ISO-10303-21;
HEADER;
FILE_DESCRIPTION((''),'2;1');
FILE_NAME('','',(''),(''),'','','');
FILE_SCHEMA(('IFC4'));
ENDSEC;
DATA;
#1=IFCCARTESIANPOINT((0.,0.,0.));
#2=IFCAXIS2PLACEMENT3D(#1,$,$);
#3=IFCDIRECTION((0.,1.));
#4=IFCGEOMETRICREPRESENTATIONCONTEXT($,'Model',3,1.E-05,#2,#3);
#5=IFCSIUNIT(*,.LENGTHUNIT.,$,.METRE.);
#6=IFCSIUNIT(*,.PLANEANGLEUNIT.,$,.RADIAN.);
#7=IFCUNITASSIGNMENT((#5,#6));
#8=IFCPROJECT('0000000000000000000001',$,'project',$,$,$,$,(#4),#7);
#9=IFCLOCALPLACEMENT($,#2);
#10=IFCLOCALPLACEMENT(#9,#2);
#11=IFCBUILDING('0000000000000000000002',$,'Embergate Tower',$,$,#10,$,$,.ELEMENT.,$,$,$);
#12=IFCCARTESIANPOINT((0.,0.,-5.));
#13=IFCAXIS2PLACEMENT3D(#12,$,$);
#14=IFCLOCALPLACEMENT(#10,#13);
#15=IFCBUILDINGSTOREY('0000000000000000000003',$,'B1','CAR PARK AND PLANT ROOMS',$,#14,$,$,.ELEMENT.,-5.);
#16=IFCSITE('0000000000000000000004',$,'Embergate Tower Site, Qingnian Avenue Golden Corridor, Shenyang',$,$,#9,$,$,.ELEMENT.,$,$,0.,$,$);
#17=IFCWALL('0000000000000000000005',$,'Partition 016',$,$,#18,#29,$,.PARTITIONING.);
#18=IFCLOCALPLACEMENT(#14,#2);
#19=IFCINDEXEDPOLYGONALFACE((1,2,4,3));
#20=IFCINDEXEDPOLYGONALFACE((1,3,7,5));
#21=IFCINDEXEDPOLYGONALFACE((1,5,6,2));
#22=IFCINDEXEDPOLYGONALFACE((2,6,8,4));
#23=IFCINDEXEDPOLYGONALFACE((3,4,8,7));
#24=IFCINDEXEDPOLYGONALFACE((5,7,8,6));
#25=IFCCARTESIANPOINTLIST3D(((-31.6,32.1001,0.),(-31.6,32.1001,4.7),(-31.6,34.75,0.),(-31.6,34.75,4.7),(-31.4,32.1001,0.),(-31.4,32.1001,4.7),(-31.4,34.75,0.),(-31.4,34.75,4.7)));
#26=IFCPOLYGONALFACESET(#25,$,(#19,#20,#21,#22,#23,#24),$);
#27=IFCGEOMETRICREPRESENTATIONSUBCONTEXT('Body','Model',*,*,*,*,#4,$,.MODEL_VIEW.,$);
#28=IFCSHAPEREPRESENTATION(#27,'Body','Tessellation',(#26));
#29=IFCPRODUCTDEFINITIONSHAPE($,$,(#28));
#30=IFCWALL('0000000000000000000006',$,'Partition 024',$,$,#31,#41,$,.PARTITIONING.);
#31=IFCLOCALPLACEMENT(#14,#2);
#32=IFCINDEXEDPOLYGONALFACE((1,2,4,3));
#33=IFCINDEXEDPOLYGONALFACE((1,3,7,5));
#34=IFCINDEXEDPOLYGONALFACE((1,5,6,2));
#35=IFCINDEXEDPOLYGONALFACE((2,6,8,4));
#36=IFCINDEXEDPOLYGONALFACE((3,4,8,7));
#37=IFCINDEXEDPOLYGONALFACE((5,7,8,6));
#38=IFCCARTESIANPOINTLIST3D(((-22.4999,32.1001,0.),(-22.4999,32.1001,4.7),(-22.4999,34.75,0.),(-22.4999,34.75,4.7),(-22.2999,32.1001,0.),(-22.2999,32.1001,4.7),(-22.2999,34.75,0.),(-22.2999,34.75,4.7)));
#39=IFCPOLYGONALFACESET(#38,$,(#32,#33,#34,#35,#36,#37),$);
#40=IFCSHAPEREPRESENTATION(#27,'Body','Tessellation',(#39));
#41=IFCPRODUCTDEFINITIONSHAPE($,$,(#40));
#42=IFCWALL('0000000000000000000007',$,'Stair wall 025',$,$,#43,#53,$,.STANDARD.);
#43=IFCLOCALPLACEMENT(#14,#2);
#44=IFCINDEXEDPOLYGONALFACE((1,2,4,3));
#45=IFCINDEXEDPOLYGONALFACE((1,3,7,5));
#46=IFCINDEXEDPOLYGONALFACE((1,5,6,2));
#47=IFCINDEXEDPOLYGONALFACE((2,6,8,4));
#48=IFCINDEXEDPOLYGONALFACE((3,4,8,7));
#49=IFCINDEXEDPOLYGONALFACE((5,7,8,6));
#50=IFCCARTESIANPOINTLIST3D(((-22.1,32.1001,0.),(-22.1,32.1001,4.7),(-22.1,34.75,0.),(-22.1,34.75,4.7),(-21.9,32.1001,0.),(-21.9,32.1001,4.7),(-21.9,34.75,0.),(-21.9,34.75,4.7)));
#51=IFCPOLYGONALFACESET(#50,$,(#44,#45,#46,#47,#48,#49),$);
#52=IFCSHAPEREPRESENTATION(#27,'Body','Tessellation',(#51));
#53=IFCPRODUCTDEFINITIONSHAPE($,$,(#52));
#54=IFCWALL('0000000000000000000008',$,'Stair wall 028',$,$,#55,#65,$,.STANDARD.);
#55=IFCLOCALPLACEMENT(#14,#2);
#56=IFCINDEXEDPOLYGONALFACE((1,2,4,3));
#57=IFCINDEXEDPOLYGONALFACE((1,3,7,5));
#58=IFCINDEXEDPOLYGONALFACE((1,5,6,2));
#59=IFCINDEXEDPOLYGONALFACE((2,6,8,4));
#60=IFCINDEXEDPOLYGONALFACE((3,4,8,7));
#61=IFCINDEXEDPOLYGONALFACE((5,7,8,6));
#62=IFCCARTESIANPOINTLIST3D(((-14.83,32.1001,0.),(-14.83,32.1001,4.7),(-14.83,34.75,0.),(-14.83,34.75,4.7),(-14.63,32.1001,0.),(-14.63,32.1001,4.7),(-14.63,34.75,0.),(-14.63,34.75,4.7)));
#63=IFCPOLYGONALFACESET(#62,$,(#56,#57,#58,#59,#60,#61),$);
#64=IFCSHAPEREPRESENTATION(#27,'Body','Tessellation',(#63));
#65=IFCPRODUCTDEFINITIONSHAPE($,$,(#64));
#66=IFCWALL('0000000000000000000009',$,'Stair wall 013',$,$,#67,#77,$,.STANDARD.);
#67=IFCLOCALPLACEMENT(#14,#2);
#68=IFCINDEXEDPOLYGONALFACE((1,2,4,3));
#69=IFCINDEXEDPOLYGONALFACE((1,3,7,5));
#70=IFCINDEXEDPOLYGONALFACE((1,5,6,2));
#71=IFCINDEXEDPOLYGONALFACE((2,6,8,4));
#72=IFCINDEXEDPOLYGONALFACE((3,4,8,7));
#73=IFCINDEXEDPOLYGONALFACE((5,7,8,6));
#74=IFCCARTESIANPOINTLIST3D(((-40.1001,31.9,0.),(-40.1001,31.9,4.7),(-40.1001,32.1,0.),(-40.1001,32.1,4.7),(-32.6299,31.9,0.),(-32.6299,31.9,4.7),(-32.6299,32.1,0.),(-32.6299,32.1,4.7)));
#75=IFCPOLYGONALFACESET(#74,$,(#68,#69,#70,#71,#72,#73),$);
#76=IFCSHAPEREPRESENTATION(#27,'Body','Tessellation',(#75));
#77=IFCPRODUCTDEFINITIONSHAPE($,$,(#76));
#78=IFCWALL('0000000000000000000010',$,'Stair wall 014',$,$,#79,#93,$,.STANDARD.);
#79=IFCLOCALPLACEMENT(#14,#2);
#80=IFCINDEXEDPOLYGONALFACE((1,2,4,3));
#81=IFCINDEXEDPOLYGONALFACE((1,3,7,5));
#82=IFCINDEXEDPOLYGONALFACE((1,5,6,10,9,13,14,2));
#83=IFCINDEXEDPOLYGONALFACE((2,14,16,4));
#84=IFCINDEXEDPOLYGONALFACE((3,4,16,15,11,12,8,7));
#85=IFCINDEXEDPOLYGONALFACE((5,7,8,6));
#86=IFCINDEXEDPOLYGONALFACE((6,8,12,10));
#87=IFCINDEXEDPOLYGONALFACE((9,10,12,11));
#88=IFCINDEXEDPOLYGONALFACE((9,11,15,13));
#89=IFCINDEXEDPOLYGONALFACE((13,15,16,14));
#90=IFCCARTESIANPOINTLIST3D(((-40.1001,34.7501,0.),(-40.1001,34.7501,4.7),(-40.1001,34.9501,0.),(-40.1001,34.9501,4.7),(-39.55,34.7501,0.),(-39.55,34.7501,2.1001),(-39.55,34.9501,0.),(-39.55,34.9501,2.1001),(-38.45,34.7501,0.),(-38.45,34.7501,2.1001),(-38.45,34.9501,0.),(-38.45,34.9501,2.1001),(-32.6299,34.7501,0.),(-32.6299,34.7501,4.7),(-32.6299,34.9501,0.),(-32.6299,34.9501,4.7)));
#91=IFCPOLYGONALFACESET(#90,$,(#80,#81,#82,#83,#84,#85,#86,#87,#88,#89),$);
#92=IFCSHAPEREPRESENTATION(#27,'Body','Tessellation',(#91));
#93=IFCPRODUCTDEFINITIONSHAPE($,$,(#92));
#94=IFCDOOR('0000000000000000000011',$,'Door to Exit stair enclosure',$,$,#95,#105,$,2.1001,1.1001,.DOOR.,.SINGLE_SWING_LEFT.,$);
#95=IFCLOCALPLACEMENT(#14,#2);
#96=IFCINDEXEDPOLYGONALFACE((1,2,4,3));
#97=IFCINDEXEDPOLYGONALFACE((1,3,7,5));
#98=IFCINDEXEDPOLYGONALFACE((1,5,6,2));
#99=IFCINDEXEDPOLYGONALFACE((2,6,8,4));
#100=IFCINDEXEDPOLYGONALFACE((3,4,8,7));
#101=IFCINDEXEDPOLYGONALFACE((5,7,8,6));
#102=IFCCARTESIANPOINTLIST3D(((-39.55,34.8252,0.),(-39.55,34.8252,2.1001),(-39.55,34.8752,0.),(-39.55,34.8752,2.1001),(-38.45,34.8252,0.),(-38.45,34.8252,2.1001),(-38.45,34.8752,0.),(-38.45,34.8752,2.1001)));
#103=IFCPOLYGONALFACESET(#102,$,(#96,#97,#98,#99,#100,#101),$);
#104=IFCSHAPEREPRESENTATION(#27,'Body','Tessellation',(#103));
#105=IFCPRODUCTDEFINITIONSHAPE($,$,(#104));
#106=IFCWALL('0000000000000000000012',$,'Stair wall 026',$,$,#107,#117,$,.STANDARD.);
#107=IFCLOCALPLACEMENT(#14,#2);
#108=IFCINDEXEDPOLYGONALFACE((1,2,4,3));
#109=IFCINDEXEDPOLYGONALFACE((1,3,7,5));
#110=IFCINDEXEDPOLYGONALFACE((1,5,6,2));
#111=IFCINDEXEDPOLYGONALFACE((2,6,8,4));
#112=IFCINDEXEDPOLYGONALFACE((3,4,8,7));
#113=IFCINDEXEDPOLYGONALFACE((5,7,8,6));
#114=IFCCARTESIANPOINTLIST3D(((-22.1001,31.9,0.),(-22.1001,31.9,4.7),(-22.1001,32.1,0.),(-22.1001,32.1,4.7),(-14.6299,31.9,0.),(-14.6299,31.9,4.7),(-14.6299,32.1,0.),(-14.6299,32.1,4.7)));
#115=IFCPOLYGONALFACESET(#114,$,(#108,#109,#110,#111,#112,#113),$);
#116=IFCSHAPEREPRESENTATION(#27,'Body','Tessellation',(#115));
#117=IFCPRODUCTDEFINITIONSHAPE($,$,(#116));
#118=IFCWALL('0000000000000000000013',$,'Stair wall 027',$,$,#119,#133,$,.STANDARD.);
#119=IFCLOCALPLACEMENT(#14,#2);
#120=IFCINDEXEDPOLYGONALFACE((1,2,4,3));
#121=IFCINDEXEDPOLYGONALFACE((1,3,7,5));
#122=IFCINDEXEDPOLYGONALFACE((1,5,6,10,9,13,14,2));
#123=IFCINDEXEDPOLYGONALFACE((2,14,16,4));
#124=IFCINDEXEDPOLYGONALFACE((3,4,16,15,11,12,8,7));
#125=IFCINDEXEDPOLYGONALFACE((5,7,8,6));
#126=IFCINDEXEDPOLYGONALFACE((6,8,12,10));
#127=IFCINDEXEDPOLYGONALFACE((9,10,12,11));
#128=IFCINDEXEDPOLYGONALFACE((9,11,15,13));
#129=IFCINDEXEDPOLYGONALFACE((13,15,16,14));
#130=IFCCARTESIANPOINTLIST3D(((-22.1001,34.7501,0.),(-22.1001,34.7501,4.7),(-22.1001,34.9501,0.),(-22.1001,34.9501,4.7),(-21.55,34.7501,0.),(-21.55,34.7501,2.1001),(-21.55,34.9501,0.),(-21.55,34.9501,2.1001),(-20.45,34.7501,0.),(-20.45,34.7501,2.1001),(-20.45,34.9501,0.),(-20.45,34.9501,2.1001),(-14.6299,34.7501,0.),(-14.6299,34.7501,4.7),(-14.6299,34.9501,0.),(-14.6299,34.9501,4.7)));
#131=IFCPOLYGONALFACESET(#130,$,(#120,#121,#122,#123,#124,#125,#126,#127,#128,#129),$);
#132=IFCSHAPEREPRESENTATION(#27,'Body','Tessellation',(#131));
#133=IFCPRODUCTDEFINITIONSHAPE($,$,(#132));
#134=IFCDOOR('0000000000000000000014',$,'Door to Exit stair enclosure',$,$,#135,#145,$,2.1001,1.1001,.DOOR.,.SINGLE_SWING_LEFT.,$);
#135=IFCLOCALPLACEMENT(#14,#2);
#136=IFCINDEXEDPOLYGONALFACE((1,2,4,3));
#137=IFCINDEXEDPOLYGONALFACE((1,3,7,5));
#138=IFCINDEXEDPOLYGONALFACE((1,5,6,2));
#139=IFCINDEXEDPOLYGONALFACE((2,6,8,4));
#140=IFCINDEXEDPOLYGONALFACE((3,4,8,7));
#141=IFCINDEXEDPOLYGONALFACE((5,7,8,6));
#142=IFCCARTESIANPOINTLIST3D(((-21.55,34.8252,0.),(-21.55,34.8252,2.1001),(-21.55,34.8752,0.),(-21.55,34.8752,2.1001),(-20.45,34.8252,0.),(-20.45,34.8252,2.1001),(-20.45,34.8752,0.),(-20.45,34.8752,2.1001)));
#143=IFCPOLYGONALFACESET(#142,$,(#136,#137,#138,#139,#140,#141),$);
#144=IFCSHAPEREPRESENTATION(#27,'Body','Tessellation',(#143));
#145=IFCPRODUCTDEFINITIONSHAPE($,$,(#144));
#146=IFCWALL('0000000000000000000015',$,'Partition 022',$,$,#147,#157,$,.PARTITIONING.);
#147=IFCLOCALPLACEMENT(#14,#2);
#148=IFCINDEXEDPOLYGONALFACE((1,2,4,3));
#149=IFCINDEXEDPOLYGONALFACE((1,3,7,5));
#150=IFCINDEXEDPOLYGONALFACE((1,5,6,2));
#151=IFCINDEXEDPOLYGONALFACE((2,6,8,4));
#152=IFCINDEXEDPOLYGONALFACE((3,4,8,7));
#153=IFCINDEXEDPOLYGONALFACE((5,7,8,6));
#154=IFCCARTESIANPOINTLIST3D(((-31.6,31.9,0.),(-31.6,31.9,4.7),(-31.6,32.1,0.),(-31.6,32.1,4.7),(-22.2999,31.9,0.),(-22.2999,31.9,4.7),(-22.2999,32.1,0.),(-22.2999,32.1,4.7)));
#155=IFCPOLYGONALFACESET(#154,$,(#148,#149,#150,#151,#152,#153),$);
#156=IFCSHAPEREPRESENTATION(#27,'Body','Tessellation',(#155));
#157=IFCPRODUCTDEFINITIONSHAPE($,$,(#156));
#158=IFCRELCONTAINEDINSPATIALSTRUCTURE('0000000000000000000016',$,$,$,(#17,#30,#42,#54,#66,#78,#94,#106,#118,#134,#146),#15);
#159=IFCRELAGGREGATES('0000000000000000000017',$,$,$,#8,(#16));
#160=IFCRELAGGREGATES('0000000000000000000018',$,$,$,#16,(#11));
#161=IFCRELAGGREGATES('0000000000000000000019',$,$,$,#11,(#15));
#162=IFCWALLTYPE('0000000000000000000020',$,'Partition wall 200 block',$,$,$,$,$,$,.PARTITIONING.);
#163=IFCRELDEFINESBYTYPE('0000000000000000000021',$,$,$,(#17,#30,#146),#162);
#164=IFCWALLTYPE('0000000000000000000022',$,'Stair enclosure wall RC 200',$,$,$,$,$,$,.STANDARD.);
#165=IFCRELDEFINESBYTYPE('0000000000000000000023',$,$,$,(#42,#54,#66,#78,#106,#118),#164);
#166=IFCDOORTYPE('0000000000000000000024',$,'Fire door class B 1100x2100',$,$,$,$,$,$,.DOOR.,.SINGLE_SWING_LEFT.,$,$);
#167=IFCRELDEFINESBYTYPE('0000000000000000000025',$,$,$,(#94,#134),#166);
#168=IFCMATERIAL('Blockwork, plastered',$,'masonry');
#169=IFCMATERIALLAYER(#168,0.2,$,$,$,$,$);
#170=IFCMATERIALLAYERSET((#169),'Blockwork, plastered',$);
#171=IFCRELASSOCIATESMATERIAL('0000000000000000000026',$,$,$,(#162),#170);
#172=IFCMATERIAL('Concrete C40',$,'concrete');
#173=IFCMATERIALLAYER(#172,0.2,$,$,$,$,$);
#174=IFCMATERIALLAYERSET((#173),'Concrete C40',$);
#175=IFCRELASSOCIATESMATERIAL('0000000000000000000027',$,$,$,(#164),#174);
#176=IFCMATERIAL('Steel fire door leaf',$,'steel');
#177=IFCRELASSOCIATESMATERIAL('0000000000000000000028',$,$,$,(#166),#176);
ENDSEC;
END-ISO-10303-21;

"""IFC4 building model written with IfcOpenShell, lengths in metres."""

from ifc_helpers import new_model, si_unit, direction, frame, frame_2d, origin, place, context, subcontext, project, spatial, rectangle, extrude, source, transform, mapped, material, layer, layer_set, type_object, element, fill, save


model = new_model("IFC4")

# Units and contexts
model_context = context("Model", 3, precision=1e-05, world=origin(), true_north=direction((0.0, 1.0)))
body_context = subcontext(model_context, "Body", "Model", "MODEL_VIEW")
ifc_project = project(units=[si_unit("LENGTHUNIT", "METRE"), si_unit("PLANEANGLEUNIT", "RADIAN")], contexts=[model_context])

# Site, building, storey
site_placement = place(None, origin())
site = spatial("IfcSite", under=ifc_project, at=site_placement, Name="Embergate Tower Site, Qingnian Avenue Golden Corridor, Shenyang", CompositionType="ELEMENT", RefElevation=0.0)
building_placement = place(site_placement, origin())
building = spatial("IfcBuilding", under=site, at=building_placement, Name="Embergate Tower", CompositionType="ELEMENT")
storey_placement = place(building_placement, frame((0.0, 0.0, -5.0)))
storey = spatial("IfcBuildingStorey", under=building, at=storey_placement, Name="B1", Description="CAR PARK AND PLANT ROOMS", CompositionType="ELEMENT", Elevation=-5.0)

# Shared definitions
ifc_material_1 = material(Name="Concrete C40", Category="concrete")

# Walls
ifc_material_2 = material(Name="Blockwork, plastered", Category="masonry")
ifc_layer_1 = layer(ifc_material_2, 0.2)
ifc_layer_set_1 = layer_set([ifc_layer_1], Name="Blockwork, plastered")
wall_type_1 = type_object("IfcWallType", Name="Partition wall 200 block", PredefinedType="PARTITIONING", material=ifc_layer_set_1)
shared_shape_1 = source(origin(), body_context, "Body", "SweptSolid", [
    extrude(rectangle(XDim=2.6499, YDim=0.2, at=frame_2d((1.325, 0.0))), origin(), (0.0, 0.0, 1.0), 4.7),
])
for number, where, z_axis, x_axis, name in (
    (1, (-31.5, 32.1001, 0.0), (0.0, 0.0, 1.0), (0.0, 1.0, 0.0), "Partition 016"),
    (2, (-22.3999, 34.75, 0.0), (0.0, 0.0, 1.0), (0.0, -1.0, 0.0), "Partition 024"),
):
    element("IfcWall", number, at=place(storey_placement, frame(where, z_axis=z_axis, x_axis=x_axis)), inside=storey, type_object=wall_type_1, Name=name, PredefinedType="PARTITIONING", context=body_context, shape_type="MappedRepresentation", body=[
        mapped(shared_shape_1, transform((0.0, 0.0, 0.0))),
    ])
ifc_layer_2 = layer(ifc_material_1, 0.2)
ifc_layer_set_2 = layer_set([ifc_layer_2], Name="Concrete C40")
wall_type_2 = type_object("IfcWallType", Name="Stair enclosure wall RC 200", PredefinedType="STANDARD", material=ifc_layer_set_2)
shared_shape_2 = source(origin(), body_context, "Body", "SweptSolid", [
    extrude(rectangle(XDim=2.6499, YDim=0.2, at=frame_2d((1.325, 0.0))), origin(), (0.0, 0.0, 1.0), 4.7),
])
for number, where, z_axis, x_axis, name in (
    (3, (-22.0, 32.1001, 0.0), (0.0, 0.0, 1.0), (0.0, 1.0, 0.0), "Stair wall 025"),
    (4, (-14.73, 34.75, 0.0), (0.0, 0.0, 1.0), (0.0, -1.0, 0.0), "Stair wall 028"),
):
    element("IfcWall", number, at=place(storey_placement, frame(where, z_axis=z_axis, x_axis=x_axis)), inside=storey, type_object=wall_type_2, Name=name, PredefinedType="STANDARD", context=body_context, shape_type="MappedRepresentation", body=[
        mapped(shared_shape_2, transform((0.0, 0.0, 0.0))),
    ])
shared_shape_3 = source(origin(), body_context, "Body", "SweptSolid", [
    extrude(rectangle(XDim=7.4702, YDim=0.2, at=frame_2d((3.7351, 0.0))), origin(), (0.0, 0.0, 1.0), 4.7),
])
wall_1_placement = place(storey_placement, frame((-32.6299, 32.0, 0.0), z_axis=(0.0, 0.0, 1.0), x_axis=(-1.0, 0.0, 0.0)))
element("IfcWall", 5, at=wall_1_placement, inside=storey, type_object=wall_type_2, Name="Stair wall 013", PredefinedType="STANDARD", context=body_context, shape_type="MappedRepresentation", body=[
    mapped(shared_shape_3, transform((0.0, 0.0, 0.0))),
])

# Wall, opening, door
wall_2_placement = place(storey_placement, frame((-32.6299, 34.8501, 0.0), z_axis=(0.0, 0.0, 1.0), x_axis=(-1.0, 0.0, 0.0)))
wall_2 = element("IfcWall", 6, at=wall_2_placement, inside=storey, type_object=wall_type_2, Name="Stair wall 014", PredefinedType="STANDARD", context=body_context, shape_type="MappedRepresentation", body=[
    mapped(shared_shape_3, transform((0.0, 0.0, 0.0))),
])
shared_shape_4 = source(origin(), body_context, "Body", "SweptSolid", [
    extrude(rectangle(XDim=1.1001, YDim=2.1001, at=frame_2d((0.55, 1.05))), frame((0.0, 0.1099, 0.0), z_axis=(0.0, -1.0, 0.0), x_axis=(1.0, 0.0, 0.0)), (0.0, 0.0, 1.0), 0.22),
])
opening_1_placement = place(wall_2_placement, frame((5.8201, 0.0, 0.0)))
opening_1 = element("IfcOpeningElement", 7, at=opening_1_placement, cuts=wall_2, PredefinedType="OPENING", context=body_context, shape_type="MappedRepresentation", body=[
    mapped(shared_shape_4, transform((0.0, 0.0, 0.0))),
])
ifc_material_3 = material(Name="Steel fire door leaf", Category="steel")
door_type_1 = type_object("IfcDoorType", Name="Fire door class B 1100x2100", OperationType="SINGLE_SWING_LEFT", PredefinedType="DOOR", material=ifc_material_3)
shared_shape_5 = source(origin(), body_context, "Body", "SweptSolid", [
    extrude(rectangle(XDim=1.1001, YDim=2.1001, at=frame_2d((0.55, 1.05))), frame((0.0, 0.0249, 0.0), z_axis=(0.0, -1.0, 0.0), x_axis=(1.0, 0.0, 0.0)), (0.0, 0.0, 1.0), 0.05),
])
door_1_placement = place(opening_1_placement, origin())
door_1 = element("IfcDoor", 8, at=door_1_placement, inside=storey, type_object=door_type_1, Name="Door to Exit stair enclosure", OperationType="SINGLE_SWING_LEFT", OverallHeight=2.1001, OverallWidth=1.1001, PredefinedType="DOOR", context=body_context, shape_type="MappedRepresentation", body=[
    mapped(shared_shape_5, transform((0.0, 0.0, 0.0))),
])
fill(opening_1, door_1)

# Wall
wall_3_placement = place(storey_placement, frame((-14.6299, 32.0, 0.0), z_axis=(0.0, 0.0, 1.0), x_axis=(-1.0, 0.0, 0.0)))
element("IfcWall", 9, at=wall_3_placement, inside=storey, type_object=wall_type_2, Name="Stair wall 026", PredefinedType="STANDARD", context=body_context, shape_type="MappedRepresentation", body=[
    mapped(shared_shape_3, transform((0.0, 0.0, 0.0))),
])

# Wall, opening, door
wall_4_placement = place(storey_placement, frame((-14.6299, 34.8501, 0.0), z_axis=(0.0, 0.0, 1.0), x_axis=(-1.0, 0.0, 0.0)))
wall_4 = element("IfcWall", 10, at=wall_4_placement, inside=storey, type_object=wall_type_2, Name="Stair wall 027", PredefinedType="STANDARD", context=body_context, shape_type="MappedRepresentation", body=[
    mapped(shared_shape_3, transform((0.0, 0.0, 0.0))),
])
opening_2_placement = place(wall_4_placement, frame((5.8201, 0.0, 0.0)))
opening_2 = element("IfcOpeningElement", 11, at=opening_2_placement, cuts=wall_4, PredefinedType="OPENING", context=body_context, shape_type="MappedRepresentation", body=[
    mapped(shared_shape_4, transform((0.0, 0.0, 0.0))),
])
door_2_placement = place(opening_2_placement, origin())
door_2 = element("IfcDoor", 12, at=door_2_placement, inside=storey, type_object=door_type_1, Name="Door to Exit stair enclosure", OperationType="SINGLE_SWING_LEFT", OverallHeight=2.1001, OverallWidth=1.1001, PredefinedType="DOOR", context=body_context, shape_type="MappedRepresentation", body=[
    mapped(shared_shape_5, transform((0.0, 0.0, 0.0))),
])
fill(opening_2, door_2)

# Wall
shared_shape_6 = source(origin(), body_context, "Body", "SweptSolid", [
    extrude(rectangle(XDim=9.3, YDim=0.2, at=frame_2d((4.6499, 0.0))), origin(), (0.0, 0.0, 1.0), 4.7),
])
wall_5_placement = place(storey_placement, frame((-22.3, 32.0, 0.0), z_axis=(0.0, 0.0, 1.0), x_axis=(-1.0, 0.0, 0.0)))
element("IfcWall", 13, at=wall_5_placement, inside=storey, type_object=wall_type_1, Name="Partition 022", PredefinedType="PARTITIONING", context=body_context, shape_type="MappedRepresentation", body=[
    mapped(shared_shape_6, transform((0.0, 0.0, 0.0))),
])

save(model, "model.ifc")
